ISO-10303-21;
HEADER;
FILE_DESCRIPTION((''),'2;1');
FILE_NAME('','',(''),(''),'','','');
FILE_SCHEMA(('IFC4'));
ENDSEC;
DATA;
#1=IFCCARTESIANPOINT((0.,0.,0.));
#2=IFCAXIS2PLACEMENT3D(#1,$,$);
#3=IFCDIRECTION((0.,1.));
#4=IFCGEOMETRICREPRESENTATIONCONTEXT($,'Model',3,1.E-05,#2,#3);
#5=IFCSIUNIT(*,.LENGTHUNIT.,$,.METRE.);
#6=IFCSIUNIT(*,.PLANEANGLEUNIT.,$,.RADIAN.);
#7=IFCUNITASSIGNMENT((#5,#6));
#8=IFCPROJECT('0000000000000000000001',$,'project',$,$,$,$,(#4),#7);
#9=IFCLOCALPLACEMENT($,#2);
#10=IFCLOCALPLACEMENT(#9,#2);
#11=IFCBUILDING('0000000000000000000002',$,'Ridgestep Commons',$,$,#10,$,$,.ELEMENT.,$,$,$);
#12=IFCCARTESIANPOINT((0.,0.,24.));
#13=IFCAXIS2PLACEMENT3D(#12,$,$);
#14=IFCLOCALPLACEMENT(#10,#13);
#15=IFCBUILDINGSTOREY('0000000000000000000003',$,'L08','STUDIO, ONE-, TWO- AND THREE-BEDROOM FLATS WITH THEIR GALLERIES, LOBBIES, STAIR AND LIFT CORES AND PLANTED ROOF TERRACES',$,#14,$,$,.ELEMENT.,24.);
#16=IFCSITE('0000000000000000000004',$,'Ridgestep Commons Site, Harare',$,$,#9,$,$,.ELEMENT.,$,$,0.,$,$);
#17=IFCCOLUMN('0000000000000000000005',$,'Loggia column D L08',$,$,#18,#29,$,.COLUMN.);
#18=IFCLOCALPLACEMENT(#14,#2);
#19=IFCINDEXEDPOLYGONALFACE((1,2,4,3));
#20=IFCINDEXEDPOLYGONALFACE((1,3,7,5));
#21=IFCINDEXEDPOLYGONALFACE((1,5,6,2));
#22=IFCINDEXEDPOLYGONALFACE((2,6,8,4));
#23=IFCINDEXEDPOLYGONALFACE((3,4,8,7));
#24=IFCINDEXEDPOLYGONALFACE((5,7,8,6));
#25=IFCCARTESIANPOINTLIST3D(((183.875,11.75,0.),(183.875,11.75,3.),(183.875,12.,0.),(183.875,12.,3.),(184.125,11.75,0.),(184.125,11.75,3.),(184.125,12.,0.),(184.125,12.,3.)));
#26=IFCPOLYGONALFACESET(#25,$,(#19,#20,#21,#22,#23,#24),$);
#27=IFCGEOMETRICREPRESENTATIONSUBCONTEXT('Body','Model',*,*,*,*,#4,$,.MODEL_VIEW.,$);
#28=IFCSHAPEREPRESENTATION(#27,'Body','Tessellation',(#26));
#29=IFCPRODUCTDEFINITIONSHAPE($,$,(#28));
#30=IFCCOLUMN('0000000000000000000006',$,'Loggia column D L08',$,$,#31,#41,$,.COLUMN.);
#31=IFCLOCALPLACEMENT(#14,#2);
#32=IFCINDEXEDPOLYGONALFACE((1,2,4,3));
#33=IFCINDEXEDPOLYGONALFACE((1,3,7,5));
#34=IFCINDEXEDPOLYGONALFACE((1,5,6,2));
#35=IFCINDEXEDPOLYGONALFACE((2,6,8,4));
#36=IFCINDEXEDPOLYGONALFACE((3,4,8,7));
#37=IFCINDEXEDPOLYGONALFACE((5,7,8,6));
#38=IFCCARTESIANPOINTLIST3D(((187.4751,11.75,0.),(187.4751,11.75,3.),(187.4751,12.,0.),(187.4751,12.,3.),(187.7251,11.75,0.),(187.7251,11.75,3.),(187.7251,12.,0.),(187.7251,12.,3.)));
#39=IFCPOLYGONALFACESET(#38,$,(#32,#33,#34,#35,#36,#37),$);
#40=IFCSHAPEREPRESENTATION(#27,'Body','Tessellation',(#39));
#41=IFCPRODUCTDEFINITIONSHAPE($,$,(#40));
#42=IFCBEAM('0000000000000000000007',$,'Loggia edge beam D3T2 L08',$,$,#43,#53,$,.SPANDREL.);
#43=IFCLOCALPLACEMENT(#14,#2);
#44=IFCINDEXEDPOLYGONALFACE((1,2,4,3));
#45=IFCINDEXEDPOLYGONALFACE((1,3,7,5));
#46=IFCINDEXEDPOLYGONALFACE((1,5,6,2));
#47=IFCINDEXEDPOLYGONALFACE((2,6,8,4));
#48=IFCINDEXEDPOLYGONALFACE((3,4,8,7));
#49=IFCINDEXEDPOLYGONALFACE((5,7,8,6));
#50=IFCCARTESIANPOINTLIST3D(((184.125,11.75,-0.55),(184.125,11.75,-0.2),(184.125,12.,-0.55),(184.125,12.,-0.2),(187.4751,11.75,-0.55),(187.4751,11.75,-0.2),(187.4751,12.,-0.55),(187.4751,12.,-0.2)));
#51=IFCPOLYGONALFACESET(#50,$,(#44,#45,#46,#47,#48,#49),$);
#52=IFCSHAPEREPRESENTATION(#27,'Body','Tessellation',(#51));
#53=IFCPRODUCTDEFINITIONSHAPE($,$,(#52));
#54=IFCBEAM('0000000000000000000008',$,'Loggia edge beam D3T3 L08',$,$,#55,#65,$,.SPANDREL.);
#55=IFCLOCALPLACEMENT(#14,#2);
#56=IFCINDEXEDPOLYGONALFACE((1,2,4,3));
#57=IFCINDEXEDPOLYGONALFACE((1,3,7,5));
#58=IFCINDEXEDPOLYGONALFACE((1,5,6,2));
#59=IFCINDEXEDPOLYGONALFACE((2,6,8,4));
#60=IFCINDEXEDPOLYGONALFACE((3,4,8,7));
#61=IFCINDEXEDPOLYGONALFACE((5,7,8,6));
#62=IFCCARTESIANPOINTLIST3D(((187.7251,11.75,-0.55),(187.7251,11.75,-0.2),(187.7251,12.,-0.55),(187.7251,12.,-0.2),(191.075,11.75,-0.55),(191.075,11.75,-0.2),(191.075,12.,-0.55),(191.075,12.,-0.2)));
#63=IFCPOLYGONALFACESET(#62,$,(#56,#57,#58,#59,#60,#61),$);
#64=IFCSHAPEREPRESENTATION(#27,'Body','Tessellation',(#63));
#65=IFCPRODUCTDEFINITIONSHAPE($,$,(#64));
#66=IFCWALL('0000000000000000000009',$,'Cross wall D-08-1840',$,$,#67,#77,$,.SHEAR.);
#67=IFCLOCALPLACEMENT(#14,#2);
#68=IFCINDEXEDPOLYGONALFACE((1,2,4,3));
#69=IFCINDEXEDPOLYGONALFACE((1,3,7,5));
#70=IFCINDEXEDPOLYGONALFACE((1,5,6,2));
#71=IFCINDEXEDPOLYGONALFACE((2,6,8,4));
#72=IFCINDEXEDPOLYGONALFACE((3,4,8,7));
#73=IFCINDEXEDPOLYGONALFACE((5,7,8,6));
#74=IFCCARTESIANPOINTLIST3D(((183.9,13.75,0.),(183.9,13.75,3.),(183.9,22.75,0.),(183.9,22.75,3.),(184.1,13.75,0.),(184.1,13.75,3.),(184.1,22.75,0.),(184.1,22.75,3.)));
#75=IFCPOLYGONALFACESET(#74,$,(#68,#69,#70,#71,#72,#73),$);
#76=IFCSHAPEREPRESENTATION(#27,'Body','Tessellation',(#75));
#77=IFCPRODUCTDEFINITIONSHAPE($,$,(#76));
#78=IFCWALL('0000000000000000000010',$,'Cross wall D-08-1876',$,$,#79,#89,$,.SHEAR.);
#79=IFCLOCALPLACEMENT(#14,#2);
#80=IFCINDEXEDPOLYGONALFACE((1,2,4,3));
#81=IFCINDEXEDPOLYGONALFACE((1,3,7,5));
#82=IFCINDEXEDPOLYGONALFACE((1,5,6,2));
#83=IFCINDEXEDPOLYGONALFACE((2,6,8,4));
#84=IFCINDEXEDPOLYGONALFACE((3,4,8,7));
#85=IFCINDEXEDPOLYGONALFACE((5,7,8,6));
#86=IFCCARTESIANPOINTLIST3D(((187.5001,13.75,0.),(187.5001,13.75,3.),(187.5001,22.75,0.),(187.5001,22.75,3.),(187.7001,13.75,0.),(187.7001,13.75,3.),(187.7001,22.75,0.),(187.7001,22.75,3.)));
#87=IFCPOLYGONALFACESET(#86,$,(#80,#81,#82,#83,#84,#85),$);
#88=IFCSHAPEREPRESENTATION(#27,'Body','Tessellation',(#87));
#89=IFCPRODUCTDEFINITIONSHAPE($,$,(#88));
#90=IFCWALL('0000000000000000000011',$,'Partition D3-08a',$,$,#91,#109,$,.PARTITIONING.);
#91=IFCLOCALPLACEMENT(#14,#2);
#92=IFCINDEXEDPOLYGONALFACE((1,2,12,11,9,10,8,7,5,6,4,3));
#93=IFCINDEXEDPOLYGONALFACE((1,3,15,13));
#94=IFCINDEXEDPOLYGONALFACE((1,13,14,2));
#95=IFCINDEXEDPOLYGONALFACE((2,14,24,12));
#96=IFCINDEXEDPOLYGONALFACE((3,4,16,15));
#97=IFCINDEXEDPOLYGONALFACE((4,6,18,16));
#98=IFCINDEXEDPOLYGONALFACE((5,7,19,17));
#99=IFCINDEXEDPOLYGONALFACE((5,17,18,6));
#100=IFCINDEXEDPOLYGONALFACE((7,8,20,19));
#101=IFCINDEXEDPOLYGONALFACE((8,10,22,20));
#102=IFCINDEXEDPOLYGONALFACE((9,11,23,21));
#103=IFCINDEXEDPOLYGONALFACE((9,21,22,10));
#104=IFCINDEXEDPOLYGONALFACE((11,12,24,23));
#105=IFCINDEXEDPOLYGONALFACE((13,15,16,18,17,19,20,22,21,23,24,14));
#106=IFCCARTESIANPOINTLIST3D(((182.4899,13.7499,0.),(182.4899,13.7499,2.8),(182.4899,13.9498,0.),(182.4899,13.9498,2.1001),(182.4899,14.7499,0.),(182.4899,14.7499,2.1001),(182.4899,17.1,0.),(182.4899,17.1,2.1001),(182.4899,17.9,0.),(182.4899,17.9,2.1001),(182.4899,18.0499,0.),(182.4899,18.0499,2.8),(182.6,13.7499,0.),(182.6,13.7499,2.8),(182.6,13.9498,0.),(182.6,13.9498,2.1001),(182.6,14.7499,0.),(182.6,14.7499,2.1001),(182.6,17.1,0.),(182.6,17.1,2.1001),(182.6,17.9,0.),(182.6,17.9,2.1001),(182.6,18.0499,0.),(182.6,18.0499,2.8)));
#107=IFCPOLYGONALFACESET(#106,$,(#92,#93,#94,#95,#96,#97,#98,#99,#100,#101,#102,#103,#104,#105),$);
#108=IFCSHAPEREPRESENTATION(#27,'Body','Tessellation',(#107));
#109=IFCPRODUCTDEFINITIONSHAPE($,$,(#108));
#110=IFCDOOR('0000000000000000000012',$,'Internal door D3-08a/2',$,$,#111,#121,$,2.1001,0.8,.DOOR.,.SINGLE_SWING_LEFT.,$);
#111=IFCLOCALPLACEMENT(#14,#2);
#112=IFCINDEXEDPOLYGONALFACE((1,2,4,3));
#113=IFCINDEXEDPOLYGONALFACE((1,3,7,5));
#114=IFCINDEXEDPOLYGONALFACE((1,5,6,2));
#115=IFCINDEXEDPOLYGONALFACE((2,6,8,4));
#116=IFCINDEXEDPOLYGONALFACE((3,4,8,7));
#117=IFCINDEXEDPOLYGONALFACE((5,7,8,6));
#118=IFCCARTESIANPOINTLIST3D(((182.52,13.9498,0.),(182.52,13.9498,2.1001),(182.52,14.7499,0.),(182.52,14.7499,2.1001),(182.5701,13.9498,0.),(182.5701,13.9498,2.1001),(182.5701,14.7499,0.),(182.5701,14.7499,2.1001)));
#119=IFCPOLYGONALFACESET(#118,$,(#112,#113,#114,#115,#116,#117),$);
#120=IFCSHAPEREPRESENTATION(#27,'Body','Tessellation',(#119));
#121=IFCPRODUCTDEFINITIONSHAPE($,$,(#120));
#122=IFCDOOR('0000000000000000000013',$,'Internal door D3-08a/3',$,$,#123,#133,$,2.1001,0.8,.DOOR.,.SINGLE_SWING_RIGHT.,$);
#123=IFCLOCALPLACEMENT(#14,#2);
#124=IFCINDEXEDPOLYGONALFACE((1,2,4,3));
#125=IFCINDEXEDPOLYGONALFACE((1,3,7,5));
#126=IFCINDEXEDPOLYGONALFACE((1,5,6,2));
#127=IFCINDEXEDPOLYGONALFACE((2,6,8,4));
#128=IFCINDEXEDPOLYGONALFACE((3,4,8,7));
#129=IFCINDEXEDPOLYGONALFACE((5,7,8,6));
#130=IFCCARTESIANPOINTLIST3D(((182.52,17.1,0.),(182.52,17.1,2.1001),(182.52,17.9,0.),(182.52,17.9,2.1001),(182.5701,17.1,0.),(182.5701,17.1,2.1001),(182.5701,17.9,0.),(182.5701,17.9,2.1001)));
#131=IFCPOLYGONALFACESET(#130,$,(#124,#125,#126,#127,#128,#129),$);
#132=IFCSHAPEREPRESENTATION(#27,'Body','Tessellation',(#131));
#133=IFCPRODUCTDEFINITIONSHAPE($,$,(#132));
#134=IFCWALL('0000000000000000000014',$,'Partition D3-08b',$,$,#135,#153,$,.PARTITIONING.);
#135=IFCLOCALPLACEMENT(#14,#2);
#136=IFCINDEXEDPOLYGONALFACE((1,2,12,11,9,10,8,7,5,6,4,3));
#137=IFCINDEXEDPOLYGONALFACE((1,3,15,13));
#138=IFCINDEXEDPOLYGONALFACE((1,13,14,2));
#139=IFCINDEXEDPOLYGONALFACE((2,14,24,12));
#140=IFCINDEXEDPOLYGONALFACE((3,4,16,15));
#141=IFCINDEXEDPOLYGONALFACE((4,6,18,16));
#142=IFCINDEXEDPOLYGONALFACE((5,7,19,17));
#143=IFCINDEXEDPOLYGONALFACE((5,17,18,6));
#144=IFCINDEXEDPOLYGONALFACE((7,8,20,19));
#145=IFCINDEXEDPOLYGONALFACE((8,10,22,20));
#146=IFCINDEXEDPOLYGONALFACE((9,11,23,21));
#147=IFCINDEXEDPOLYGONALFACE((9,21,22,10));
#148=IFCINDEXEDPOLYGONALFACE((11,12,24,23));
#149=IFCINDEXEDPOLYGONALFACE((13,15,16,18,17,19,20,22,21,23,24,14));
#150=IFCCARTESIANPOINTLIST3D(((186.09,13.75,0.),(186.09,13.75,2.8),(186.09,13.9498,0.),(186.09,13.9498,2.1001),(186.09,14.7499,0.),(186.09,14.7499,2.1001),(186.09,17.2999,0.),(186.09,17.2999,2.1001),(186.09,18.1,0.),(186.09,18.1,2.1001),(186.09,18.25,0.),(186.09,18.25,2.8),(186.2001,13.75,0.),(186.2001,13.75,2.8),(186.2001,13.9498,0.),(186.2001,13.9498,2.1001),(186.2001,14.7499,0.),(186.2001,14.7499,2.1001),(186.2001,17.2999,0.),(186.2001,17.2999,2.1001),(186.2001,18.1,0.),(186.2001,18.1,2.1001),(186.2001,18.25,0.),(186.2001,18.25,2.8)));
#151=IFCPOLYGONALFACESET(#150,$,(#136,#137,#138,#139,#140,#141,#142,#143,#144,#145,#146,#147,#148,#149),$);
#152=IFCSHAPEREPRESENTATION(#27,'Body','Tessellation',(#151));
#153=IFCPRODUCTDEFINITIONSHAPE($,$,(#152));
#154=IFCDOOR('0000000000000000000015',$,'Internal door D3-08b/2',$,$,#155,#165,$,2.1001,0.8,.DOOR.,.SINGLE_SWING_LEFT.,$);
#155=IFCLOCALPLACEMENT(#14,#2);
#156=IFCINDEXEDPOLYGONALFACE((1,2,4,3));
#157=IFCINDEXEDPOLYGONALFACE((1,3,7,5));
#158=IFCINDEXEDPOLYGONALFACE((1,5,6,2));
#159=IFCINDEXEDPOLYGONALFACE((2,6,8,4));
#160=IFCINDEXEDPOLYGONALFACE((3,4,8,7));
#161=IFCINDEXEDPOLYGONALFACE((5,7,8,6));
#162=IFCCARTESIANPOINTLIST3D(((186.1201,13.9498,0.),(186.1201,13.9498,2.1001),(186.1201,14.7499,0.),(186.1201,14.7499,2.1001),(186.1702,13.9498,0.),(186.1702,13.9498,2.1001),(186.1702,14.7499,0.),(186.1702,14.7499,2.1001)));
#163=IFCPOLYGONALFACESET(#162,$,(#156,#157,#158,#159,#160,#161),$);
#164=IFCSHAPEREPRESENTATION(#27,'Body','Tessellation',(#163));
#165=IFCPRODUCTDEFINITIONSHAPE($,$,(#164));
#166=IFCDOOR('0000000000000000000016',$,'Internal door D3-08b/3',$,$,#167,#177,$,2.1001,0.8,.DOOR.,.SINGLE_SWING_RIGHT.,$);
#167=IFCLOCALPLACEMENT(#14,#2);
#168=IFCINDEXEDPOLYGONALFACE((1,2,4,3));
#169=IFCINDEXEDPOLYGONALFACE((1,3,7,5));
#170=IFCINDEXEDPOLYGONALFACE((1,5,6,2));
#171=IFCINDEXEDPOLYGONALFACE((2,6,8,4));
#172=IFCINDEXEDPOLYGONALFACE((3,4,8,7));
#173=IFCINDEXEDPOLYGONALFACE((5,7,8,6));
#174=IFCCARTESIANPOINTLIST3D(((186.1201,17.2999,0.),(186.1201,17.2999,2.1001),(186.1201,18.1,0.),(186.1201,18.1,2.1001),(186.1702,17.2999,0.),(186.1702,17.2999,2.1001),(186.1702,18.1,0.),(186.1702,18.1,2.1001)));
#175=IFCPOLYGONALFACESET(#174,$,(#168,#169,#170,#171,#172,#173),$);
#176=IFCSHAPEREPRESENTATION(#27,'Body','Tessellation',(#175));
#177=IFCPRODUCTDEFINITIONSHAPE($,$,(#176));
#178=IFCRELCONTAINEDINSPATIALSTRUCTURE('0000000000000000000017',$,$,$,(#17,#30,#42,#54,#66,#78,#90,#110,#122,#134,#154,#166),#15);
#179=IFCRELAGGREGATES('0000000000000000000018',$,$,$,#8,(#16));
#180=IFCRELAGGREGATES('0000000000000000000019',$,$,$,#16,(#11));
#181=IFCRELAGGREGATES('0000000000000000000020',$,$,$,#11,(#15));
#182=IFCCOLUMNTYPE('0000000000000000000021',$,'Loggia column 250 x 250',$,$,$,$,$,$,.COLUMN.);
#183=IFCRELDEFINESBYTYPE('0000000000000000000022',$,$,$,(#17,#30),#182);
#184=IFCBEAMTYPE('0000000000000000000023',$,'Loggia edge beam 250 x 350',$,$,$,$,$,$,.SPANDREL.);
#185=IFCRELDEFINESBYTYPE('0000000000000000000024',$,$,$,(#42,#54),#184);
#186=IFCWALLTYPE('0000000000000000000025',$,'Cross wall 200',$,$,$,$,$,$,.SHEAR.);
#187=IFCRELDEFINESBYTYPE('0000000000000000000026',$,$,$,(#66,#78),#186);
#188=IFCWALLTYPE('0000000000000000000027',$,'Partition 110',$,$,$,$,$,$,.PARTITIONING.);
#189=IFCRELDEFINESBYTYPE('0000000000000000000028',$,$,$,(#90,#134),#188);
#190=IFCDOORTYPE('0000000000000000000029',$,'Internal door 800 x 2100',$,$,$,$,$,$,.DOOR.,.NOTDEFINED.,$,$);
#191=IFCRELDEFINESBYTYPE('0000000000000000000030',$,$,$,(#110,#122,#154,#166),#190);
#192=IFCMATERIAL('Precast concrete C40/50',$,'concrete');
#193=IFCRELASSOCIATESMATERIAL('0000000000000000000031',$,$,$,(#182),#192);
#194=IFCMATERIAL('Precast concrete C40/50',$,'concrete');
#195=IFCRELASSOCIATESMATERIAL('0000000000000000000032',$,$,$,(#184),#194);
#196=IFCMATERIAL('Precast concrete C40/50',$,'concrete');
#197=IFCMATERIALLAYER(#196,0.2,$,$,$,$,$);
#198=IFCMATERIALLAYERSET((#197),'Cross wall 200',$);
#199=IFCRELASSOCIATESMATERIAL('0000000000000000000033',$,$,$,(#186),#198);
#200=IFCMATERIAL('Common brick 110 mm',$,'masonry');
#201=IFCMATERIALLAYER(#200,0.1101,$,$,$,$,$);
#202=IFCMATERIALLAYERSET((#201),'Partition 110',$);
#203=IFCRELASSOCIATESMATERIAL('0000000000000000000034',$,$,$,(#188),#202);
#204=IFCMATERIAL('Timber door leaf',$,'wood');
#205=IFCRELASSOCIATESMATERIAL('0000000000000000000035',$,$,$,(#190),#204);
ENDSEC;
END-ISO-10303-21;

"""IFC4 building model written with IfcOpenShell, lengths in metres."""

from ifc_helpers import new_model, si_unit, direction, frame, frame_2d, origin, origin_2d, place, context, subcontext, project, spatial, rectangle, extrude, material, layer, layer_set, material_profile, profile_set, type_object, element, fill, save


model = new_model("IFC4")

# Units and contexts
model_context = context("Model", 3, precision=1e-05, world=origin(), true_north=direction((0.0, 1.0)))
body_context = subcontext(model_context, "Body", "Model", "MODEL_VIEW")
ifc_project = project(units=[si_unit("LENGTHUNIT", "METRE"), si_unit("PLANEANGLEUNIT", "RADIAN")], contexts=[model_context])

# Site, building, storey
site_placement = place(None, origin())
site = spatial("IfcSite", under=ifc_project, at=site_placement, Name="Ridgestep Commons Site, Harare", CompositionType="ELEMENT", RefElevation=0.0)
building_placement = place(site_placement, origin())
building = spatial("IfcBuilding", under=site, at=building_placement, Name="Ridgestep Commons", CompositionType="ELEMENT")
storey_placement = place(building_placement, frame((0.0, 0.0, 24.0)))
storey = spatial("IfcBuildingStorey", under=building, at=storey_placement, Name="L08", Description="STUDIO, ONE-, TWO- AND THREE-BEDROOM FLATS WITH THEIR GALLERIES, LOBBIES, STAIR AND LIFT CORES AND PLANTED ROOF TERRACES", CompositionType="ELEMENT", Elevation=24.0)

# Columns
ifc_material_1 = material(Name="Precast concrete C40/50", Category="concrete")
ifc_material_profile_1 = material_profile(ifc_material_1, rectangle(XDim=0.25, YDim=0.25, at=origin_2d()), Name="PC 250x250")
ifc_profile_set_1 = profile_set([ifc_material_profile_1], Name="Precast concrete C40/50")
column_type = type_object("IfcColumnType", Name="Loggia column 250 x 250", PredefinedType="COLUMN", material=ifc_profile_set_1)
for number, where, z_axis, x_axis, name in (
    (1, (184.0, 11.875, 0.0), (0.0, 0.0, 1.0), (1.0, 0.0, 0.0), "Loggia column D L08"),
    (2, (187.6001, 11.875, 0.0), (0.0, 0.0, 1.0), (1.0, 0.0, 0.0), "Loggia column D L08"),
):
    element("IfcColumn", number, at=place(storey_placement, frame(where, z_axis=z_axis, x_axis=x_axis)), inside=storey, type_object=column_type, Name=name, PredefinedType="COLUMN", context=body_context, shape_type="SweptSolid", body=[
        extrude(rectangle(XDim=0.25, YDim=0.25, at=origin_2d()), origin(), (0.0, 0.0, 1.0), 3.0),
    ])

# Beams
ifc_material_2 = material(Name="Precast concrete C40/50", Category="concrete")
ifc_material_profile_2 = material_profile(ifc_material_2, rectangle(XDim=0.25, YDim=0.3501, at=origin_2d()), Name="PC 250x350")
ifc_profile_set_2 = profile_set([ifc_material_profile_2], Name="Precast concrete C40/50")
beam_type = type_object("IfcBeamType", Name="Loggia edge beam 250 x 350", PredefinedType="SPANDREL", material=ifc_profile_set_2)
beam_1_placement = place(storey_placement, frame((184.125, 11.875, -0.375), z_axis=(1.0, 0.0, 0.0), x_axis=(0.0, 1.0, 0.0)))
element("IfcBeam", 3, at=beam_1_placement, inside=storey, type_object=beam_type, Name="Loggia edge beam D3T2 L08", PredefinedType="SPANDREL", context=body_context, shape_type="SweptSolid", body=[
    extrude(rectangle(XDim=0.25, YDim=0.3501, at=origin_2d()), origin(), (0.0, 0.0, 1.0), 3.3501),
])
beam_2_placement = place(storey_placement, frame((187.7251, 11.875, -0.375), z_axis=(1.0, 0.0, 0.0), x_axis=(0.0, 1.0, 0.0)))
element("IfcBeam", 4, at=beam_2_placement, inside=storey, type_object=beam_type, Name="Loggia edge beam D3T3 L08", PredefinedType="SPANDREL", context=body_context, shape_type="SweptSolid", body=[
    extrude(rectangle(XDim=0.25, YDim=0.3501, at=origin_2d()), origin(), (0.0, 0.0, 1.0), 3.3499),
])

# Walls
ifc_material_3 = material(Name="Precast concrete C40/50", Category="concrete")
ifc_layer_1 = layer(ifc_material_3, 0.2)
ifc_layer_set_1 = layer_set([ifc_layer_1], Name="Cross wall 200")
wall_type_1 = type_object("IfcWallType", Name="Cross wall 200", PredefinedType="SHEAR", material=ifc_layer_set_1)
for number, where, z_axis, x_axis, name in (
    (5, (184.0, 13.75, 0.0), (0.0, 0.0, 1.0), (0.0, 1.0, 0.0), "Cross wall D-08-1840"),
    (6, (187.6001, 13.75, 0.0), (0.0, 0.0, 1.0), (0.0, 1.0, 0.0), "Cross wall D-08-1876"),
):
    element("IfcWall", number, at=place(storey_placement, frame(where, z_axis=z_axis, x_axis=x_axis)), inside=storey, type_object=wall_type_1, Name=name, PredefinedType="SHEAR", context=body_context, shape_type="SweptSolid", body=[
        extrude(rectangle(XDim=9.0, YDim=0.2, at=frame_2d((4.5, 0.0))), origin(), (0.0, 0.0, 1.0), 3.0),
    ])

# Walls, openings, doors
ifc_material_4 = material(Name="Common brick 110 mm", Category="masonry")
ifc_layer_2 = layer(ifc_material_4, 0.1101)
ifc_layer_set_2 = layer_set([ifc_layer_2], Name="Partition 110")
wall_type_2 = type_object("IfcWallType", Name="Partition 110", PredefinedType="PARTITIONING", material=ifc_layer_set_2)
wall_1_placement = place(storey_placement, frame((182.5449, 13.75, 0.0), z_axis=(0.0, 0.0, 1.0), x_axis=(0.0, 1.0, 0.0)))
wall_1 = element("IfcWall", 7, at=wall_1_placement, inside=storey, type_object=wall_type_2, Name="Partition D3-08a", PredefinedType="PARTITIONING", context=body_context, shape_type="SweptSolid", body=[
    extrude(rectangle(XDim=4.3, YDim=0.1101, at=frame_2d((2.1499, 0.0))), origin(), (0.0, 0.0, 1.0), 2.8),
])
opening_1_placement = place(wall_1_placement, frame((0.2, 0.0, 0.0)))
opening_1 = element("IfcOpeningElement", 8, at=opening_1_placement, cuts=wall_1, PredefinedType="OPENING", context=body_context, shape_type="SweptSolid", body=[
    extrude(rectangle(XDim=0.8, YDim=2.1001, at=frame_2d((0.3999, 1.05))), frame((0.0, 0.0649, 0.0), z_axis=(0.0, -1.0, 0.0), x_axis=(1.0, 0.0, 0.0)), (0.0, 0.0, 1.0), 0.1301),
])
opening_2_placement = place(wall_1_placement, frame((3.3501, 0.0, 0.0)))
opening_2 = element("IfcOpeningElement", 9, at=opening_2_placement, cuts=wall_1, PredefinedType="OPENING", context=body_context, shape_type="SweptSolid", body=[
    extrude(rectangle(XDim=0.8, YDim=2.1001, at=frame_2d((0.3999, 1.05))), frame((0.0, 0.0649, 0.0), z_axis=(0.0, -1.0, 0.0), x_axis=(1.0, 0.0, 0.0)), (0.0, 0.0, 1.0), 0.1301),
])
ifc_material_5 = material(Name="Timber door leaf", Category="wood")
door_type_1 = type_object("IfcDoorType", Name="Internal door 800 x 2100", OperationType="NOTDEFINED", PredefinedType="DOOR", material=ifc_material_5)
door_1_placement = place(opening_1_placement, origin())
door_1 = element("IfcDoor", 10, at=door_1_placement, inside=storey, type_object=door_type_1, Name="Internal door D3-08a/2", OperationType="SINGLE_SWING_LEFT", OverallHeight=2.1001, OverallWidth=0.8, PredefinedType="DOOR", context=body_context, shape_type="SweptSolid", body=[
    extrude(rectangle(XDim=0.8, YDim=2.1001, at=frame_2d((0.3999, 1.05))), frame((0.0, 0.0249, 0.0), z_axis=(0.0, -1.0, 0.0), x_axis=(1.0, 0.0, 0.0)), (0.0, 0.0, 1.0), 0.05),
])
fill(opening_1, door_1)
door_2_placement = place(opening_2_placement, origin())
door_2 = element("IfcDoor", 11, at=door_2_placement, inside=storey, type_object=door_type_1, Name="Internal door D3-08a/3", OperationType="SINGLE_SWING_RIGHT", OverallHeight=2.1001, OverallWidth=0.8, PredefinedType="DOOR", context=body_context, shape_type="SweptSolid", body=[
    extrude(rectangle(XDim=0.8, YDim=2.1001, at=frame_2d((0.3999, 1.05))), frame((0.0, 0.0249, 0.0), z_axis=(0.0, -1.0, 0.0), x_axis=(1.0, 0.0, 0.0)), (0.0, 0.0, 1.0), 0.05),
])
fill(opening_2, door_2)
wall_2_placement = place(storey_placement, frame((186.145, 13.75, 0.0), z_axis=(0.0, 0.0, 1.0), x_axis=(0.0, 1.0, 0.0)))
wall_2 = element("IfcWall", 12, at=wall_2_placement, inside=storey, type_object=wall_type_2, Name="Partition D3-08b", PredefinedType="PARTITIONING", context=body_context, shape_type="SweptSolid", body=[
    extrude(rectangle(XDim=4.5, YDim=0.1101, at=frame_2d((2.25, 0.0))), origin(), (0.0, 0.0, 1.0), 2.8),
])
opening_3_placement = place(wall_2_placement, frame((0.2, 0.0, 0.0)))
opening_3 = element("IfcOpeningElement", 13, at=opening_3_placement, cuts=wall_2, PredefinedType="OPENING", context=body_context, shape_type="SweptSolid", body=[
    extrude(rectangle(XDim=0.8, YDim=2.1001, at=frame_2d((0.3999, 1.05))), frame((0.0, 0.0649, 0.0), z_axis=(0.0, -1.0, 0.0), x_axis=(1.0, 0.0, 0.0)), (0.0, 0.0, 1.0), 0.1301),
])
opening_4_placement = place(wall_2_placement, frame((3.55, 0.0, 0.0)))
opening_4 = element("IfcOpeningElement", 14, at=opening_4_placement, cuts=wall_2, PredefinedType="OPENING", context=body_context, shape_type="SweptSolid", body=[
    extrude(rectangle(XDim=0.8, YDim=2.1001, at=frame_2d((0.3999, 1.05))), frame((0.0, 0.0649, 0.0), z_axis=(0.0, -1.0, 0.0), x_axis=(1.0, 0.0, 0.0)), (0.0, 0.0, 1.0), 0.1301),
])
door_3_placement = place(opening_3_placement, origin())
door_3 = element("IfcDoor", 15, at=door_3_placement, inside=storey, type_object=door_type_1, Name="Internal door D3-08b/2", OperationType="SINGLE_SWING_LEFT", OverallHeight=2.1001, OverallWidth=0.8, PredefinedType="DOOR", context=body_context, shape_type="SweptSolid", body=[
    extrude(rectangle(XDim=0.8, YDim=2.1001, at=frame_2d((0.3999, 1.05))), frame((0.0, 0.0249, 0.0), z_axis=(0.0, -1.0, 0.0), x_axis=(1.0, 0.0, 0.0)), (0.0, 0.0, 1.0), 0.05),
])
fill(opening_3, door_3)
door_4_placement = place(opening_4_placement, origin())
door_4 = element("IfcDoor", 16, at=door_4_placement, inside=storey, type_object=door_type_1, Name="Internal door D3-08b/3", OperationType="SINGLE_SWING_RIGHT", OverallHeight=2.1001, OverallWidth=0.8, PredefinedType="DOOR", context=body_context, shape_type="SweptSolid", body=[
    extrude(rectangle(XDim=0.8, YDim=2.1001, at=frame_2d((0.3999, 1.05))), frame((0.0, 0.0249, 0.0), z_axis=(0.0, -1.0, 0.0), x_axis=(1.0, 0.0, 0.0)), (0.0, 0.0, 1.0), 0.05),
])
fill(opening_4, door_4)

save(model, "model.ifc")
